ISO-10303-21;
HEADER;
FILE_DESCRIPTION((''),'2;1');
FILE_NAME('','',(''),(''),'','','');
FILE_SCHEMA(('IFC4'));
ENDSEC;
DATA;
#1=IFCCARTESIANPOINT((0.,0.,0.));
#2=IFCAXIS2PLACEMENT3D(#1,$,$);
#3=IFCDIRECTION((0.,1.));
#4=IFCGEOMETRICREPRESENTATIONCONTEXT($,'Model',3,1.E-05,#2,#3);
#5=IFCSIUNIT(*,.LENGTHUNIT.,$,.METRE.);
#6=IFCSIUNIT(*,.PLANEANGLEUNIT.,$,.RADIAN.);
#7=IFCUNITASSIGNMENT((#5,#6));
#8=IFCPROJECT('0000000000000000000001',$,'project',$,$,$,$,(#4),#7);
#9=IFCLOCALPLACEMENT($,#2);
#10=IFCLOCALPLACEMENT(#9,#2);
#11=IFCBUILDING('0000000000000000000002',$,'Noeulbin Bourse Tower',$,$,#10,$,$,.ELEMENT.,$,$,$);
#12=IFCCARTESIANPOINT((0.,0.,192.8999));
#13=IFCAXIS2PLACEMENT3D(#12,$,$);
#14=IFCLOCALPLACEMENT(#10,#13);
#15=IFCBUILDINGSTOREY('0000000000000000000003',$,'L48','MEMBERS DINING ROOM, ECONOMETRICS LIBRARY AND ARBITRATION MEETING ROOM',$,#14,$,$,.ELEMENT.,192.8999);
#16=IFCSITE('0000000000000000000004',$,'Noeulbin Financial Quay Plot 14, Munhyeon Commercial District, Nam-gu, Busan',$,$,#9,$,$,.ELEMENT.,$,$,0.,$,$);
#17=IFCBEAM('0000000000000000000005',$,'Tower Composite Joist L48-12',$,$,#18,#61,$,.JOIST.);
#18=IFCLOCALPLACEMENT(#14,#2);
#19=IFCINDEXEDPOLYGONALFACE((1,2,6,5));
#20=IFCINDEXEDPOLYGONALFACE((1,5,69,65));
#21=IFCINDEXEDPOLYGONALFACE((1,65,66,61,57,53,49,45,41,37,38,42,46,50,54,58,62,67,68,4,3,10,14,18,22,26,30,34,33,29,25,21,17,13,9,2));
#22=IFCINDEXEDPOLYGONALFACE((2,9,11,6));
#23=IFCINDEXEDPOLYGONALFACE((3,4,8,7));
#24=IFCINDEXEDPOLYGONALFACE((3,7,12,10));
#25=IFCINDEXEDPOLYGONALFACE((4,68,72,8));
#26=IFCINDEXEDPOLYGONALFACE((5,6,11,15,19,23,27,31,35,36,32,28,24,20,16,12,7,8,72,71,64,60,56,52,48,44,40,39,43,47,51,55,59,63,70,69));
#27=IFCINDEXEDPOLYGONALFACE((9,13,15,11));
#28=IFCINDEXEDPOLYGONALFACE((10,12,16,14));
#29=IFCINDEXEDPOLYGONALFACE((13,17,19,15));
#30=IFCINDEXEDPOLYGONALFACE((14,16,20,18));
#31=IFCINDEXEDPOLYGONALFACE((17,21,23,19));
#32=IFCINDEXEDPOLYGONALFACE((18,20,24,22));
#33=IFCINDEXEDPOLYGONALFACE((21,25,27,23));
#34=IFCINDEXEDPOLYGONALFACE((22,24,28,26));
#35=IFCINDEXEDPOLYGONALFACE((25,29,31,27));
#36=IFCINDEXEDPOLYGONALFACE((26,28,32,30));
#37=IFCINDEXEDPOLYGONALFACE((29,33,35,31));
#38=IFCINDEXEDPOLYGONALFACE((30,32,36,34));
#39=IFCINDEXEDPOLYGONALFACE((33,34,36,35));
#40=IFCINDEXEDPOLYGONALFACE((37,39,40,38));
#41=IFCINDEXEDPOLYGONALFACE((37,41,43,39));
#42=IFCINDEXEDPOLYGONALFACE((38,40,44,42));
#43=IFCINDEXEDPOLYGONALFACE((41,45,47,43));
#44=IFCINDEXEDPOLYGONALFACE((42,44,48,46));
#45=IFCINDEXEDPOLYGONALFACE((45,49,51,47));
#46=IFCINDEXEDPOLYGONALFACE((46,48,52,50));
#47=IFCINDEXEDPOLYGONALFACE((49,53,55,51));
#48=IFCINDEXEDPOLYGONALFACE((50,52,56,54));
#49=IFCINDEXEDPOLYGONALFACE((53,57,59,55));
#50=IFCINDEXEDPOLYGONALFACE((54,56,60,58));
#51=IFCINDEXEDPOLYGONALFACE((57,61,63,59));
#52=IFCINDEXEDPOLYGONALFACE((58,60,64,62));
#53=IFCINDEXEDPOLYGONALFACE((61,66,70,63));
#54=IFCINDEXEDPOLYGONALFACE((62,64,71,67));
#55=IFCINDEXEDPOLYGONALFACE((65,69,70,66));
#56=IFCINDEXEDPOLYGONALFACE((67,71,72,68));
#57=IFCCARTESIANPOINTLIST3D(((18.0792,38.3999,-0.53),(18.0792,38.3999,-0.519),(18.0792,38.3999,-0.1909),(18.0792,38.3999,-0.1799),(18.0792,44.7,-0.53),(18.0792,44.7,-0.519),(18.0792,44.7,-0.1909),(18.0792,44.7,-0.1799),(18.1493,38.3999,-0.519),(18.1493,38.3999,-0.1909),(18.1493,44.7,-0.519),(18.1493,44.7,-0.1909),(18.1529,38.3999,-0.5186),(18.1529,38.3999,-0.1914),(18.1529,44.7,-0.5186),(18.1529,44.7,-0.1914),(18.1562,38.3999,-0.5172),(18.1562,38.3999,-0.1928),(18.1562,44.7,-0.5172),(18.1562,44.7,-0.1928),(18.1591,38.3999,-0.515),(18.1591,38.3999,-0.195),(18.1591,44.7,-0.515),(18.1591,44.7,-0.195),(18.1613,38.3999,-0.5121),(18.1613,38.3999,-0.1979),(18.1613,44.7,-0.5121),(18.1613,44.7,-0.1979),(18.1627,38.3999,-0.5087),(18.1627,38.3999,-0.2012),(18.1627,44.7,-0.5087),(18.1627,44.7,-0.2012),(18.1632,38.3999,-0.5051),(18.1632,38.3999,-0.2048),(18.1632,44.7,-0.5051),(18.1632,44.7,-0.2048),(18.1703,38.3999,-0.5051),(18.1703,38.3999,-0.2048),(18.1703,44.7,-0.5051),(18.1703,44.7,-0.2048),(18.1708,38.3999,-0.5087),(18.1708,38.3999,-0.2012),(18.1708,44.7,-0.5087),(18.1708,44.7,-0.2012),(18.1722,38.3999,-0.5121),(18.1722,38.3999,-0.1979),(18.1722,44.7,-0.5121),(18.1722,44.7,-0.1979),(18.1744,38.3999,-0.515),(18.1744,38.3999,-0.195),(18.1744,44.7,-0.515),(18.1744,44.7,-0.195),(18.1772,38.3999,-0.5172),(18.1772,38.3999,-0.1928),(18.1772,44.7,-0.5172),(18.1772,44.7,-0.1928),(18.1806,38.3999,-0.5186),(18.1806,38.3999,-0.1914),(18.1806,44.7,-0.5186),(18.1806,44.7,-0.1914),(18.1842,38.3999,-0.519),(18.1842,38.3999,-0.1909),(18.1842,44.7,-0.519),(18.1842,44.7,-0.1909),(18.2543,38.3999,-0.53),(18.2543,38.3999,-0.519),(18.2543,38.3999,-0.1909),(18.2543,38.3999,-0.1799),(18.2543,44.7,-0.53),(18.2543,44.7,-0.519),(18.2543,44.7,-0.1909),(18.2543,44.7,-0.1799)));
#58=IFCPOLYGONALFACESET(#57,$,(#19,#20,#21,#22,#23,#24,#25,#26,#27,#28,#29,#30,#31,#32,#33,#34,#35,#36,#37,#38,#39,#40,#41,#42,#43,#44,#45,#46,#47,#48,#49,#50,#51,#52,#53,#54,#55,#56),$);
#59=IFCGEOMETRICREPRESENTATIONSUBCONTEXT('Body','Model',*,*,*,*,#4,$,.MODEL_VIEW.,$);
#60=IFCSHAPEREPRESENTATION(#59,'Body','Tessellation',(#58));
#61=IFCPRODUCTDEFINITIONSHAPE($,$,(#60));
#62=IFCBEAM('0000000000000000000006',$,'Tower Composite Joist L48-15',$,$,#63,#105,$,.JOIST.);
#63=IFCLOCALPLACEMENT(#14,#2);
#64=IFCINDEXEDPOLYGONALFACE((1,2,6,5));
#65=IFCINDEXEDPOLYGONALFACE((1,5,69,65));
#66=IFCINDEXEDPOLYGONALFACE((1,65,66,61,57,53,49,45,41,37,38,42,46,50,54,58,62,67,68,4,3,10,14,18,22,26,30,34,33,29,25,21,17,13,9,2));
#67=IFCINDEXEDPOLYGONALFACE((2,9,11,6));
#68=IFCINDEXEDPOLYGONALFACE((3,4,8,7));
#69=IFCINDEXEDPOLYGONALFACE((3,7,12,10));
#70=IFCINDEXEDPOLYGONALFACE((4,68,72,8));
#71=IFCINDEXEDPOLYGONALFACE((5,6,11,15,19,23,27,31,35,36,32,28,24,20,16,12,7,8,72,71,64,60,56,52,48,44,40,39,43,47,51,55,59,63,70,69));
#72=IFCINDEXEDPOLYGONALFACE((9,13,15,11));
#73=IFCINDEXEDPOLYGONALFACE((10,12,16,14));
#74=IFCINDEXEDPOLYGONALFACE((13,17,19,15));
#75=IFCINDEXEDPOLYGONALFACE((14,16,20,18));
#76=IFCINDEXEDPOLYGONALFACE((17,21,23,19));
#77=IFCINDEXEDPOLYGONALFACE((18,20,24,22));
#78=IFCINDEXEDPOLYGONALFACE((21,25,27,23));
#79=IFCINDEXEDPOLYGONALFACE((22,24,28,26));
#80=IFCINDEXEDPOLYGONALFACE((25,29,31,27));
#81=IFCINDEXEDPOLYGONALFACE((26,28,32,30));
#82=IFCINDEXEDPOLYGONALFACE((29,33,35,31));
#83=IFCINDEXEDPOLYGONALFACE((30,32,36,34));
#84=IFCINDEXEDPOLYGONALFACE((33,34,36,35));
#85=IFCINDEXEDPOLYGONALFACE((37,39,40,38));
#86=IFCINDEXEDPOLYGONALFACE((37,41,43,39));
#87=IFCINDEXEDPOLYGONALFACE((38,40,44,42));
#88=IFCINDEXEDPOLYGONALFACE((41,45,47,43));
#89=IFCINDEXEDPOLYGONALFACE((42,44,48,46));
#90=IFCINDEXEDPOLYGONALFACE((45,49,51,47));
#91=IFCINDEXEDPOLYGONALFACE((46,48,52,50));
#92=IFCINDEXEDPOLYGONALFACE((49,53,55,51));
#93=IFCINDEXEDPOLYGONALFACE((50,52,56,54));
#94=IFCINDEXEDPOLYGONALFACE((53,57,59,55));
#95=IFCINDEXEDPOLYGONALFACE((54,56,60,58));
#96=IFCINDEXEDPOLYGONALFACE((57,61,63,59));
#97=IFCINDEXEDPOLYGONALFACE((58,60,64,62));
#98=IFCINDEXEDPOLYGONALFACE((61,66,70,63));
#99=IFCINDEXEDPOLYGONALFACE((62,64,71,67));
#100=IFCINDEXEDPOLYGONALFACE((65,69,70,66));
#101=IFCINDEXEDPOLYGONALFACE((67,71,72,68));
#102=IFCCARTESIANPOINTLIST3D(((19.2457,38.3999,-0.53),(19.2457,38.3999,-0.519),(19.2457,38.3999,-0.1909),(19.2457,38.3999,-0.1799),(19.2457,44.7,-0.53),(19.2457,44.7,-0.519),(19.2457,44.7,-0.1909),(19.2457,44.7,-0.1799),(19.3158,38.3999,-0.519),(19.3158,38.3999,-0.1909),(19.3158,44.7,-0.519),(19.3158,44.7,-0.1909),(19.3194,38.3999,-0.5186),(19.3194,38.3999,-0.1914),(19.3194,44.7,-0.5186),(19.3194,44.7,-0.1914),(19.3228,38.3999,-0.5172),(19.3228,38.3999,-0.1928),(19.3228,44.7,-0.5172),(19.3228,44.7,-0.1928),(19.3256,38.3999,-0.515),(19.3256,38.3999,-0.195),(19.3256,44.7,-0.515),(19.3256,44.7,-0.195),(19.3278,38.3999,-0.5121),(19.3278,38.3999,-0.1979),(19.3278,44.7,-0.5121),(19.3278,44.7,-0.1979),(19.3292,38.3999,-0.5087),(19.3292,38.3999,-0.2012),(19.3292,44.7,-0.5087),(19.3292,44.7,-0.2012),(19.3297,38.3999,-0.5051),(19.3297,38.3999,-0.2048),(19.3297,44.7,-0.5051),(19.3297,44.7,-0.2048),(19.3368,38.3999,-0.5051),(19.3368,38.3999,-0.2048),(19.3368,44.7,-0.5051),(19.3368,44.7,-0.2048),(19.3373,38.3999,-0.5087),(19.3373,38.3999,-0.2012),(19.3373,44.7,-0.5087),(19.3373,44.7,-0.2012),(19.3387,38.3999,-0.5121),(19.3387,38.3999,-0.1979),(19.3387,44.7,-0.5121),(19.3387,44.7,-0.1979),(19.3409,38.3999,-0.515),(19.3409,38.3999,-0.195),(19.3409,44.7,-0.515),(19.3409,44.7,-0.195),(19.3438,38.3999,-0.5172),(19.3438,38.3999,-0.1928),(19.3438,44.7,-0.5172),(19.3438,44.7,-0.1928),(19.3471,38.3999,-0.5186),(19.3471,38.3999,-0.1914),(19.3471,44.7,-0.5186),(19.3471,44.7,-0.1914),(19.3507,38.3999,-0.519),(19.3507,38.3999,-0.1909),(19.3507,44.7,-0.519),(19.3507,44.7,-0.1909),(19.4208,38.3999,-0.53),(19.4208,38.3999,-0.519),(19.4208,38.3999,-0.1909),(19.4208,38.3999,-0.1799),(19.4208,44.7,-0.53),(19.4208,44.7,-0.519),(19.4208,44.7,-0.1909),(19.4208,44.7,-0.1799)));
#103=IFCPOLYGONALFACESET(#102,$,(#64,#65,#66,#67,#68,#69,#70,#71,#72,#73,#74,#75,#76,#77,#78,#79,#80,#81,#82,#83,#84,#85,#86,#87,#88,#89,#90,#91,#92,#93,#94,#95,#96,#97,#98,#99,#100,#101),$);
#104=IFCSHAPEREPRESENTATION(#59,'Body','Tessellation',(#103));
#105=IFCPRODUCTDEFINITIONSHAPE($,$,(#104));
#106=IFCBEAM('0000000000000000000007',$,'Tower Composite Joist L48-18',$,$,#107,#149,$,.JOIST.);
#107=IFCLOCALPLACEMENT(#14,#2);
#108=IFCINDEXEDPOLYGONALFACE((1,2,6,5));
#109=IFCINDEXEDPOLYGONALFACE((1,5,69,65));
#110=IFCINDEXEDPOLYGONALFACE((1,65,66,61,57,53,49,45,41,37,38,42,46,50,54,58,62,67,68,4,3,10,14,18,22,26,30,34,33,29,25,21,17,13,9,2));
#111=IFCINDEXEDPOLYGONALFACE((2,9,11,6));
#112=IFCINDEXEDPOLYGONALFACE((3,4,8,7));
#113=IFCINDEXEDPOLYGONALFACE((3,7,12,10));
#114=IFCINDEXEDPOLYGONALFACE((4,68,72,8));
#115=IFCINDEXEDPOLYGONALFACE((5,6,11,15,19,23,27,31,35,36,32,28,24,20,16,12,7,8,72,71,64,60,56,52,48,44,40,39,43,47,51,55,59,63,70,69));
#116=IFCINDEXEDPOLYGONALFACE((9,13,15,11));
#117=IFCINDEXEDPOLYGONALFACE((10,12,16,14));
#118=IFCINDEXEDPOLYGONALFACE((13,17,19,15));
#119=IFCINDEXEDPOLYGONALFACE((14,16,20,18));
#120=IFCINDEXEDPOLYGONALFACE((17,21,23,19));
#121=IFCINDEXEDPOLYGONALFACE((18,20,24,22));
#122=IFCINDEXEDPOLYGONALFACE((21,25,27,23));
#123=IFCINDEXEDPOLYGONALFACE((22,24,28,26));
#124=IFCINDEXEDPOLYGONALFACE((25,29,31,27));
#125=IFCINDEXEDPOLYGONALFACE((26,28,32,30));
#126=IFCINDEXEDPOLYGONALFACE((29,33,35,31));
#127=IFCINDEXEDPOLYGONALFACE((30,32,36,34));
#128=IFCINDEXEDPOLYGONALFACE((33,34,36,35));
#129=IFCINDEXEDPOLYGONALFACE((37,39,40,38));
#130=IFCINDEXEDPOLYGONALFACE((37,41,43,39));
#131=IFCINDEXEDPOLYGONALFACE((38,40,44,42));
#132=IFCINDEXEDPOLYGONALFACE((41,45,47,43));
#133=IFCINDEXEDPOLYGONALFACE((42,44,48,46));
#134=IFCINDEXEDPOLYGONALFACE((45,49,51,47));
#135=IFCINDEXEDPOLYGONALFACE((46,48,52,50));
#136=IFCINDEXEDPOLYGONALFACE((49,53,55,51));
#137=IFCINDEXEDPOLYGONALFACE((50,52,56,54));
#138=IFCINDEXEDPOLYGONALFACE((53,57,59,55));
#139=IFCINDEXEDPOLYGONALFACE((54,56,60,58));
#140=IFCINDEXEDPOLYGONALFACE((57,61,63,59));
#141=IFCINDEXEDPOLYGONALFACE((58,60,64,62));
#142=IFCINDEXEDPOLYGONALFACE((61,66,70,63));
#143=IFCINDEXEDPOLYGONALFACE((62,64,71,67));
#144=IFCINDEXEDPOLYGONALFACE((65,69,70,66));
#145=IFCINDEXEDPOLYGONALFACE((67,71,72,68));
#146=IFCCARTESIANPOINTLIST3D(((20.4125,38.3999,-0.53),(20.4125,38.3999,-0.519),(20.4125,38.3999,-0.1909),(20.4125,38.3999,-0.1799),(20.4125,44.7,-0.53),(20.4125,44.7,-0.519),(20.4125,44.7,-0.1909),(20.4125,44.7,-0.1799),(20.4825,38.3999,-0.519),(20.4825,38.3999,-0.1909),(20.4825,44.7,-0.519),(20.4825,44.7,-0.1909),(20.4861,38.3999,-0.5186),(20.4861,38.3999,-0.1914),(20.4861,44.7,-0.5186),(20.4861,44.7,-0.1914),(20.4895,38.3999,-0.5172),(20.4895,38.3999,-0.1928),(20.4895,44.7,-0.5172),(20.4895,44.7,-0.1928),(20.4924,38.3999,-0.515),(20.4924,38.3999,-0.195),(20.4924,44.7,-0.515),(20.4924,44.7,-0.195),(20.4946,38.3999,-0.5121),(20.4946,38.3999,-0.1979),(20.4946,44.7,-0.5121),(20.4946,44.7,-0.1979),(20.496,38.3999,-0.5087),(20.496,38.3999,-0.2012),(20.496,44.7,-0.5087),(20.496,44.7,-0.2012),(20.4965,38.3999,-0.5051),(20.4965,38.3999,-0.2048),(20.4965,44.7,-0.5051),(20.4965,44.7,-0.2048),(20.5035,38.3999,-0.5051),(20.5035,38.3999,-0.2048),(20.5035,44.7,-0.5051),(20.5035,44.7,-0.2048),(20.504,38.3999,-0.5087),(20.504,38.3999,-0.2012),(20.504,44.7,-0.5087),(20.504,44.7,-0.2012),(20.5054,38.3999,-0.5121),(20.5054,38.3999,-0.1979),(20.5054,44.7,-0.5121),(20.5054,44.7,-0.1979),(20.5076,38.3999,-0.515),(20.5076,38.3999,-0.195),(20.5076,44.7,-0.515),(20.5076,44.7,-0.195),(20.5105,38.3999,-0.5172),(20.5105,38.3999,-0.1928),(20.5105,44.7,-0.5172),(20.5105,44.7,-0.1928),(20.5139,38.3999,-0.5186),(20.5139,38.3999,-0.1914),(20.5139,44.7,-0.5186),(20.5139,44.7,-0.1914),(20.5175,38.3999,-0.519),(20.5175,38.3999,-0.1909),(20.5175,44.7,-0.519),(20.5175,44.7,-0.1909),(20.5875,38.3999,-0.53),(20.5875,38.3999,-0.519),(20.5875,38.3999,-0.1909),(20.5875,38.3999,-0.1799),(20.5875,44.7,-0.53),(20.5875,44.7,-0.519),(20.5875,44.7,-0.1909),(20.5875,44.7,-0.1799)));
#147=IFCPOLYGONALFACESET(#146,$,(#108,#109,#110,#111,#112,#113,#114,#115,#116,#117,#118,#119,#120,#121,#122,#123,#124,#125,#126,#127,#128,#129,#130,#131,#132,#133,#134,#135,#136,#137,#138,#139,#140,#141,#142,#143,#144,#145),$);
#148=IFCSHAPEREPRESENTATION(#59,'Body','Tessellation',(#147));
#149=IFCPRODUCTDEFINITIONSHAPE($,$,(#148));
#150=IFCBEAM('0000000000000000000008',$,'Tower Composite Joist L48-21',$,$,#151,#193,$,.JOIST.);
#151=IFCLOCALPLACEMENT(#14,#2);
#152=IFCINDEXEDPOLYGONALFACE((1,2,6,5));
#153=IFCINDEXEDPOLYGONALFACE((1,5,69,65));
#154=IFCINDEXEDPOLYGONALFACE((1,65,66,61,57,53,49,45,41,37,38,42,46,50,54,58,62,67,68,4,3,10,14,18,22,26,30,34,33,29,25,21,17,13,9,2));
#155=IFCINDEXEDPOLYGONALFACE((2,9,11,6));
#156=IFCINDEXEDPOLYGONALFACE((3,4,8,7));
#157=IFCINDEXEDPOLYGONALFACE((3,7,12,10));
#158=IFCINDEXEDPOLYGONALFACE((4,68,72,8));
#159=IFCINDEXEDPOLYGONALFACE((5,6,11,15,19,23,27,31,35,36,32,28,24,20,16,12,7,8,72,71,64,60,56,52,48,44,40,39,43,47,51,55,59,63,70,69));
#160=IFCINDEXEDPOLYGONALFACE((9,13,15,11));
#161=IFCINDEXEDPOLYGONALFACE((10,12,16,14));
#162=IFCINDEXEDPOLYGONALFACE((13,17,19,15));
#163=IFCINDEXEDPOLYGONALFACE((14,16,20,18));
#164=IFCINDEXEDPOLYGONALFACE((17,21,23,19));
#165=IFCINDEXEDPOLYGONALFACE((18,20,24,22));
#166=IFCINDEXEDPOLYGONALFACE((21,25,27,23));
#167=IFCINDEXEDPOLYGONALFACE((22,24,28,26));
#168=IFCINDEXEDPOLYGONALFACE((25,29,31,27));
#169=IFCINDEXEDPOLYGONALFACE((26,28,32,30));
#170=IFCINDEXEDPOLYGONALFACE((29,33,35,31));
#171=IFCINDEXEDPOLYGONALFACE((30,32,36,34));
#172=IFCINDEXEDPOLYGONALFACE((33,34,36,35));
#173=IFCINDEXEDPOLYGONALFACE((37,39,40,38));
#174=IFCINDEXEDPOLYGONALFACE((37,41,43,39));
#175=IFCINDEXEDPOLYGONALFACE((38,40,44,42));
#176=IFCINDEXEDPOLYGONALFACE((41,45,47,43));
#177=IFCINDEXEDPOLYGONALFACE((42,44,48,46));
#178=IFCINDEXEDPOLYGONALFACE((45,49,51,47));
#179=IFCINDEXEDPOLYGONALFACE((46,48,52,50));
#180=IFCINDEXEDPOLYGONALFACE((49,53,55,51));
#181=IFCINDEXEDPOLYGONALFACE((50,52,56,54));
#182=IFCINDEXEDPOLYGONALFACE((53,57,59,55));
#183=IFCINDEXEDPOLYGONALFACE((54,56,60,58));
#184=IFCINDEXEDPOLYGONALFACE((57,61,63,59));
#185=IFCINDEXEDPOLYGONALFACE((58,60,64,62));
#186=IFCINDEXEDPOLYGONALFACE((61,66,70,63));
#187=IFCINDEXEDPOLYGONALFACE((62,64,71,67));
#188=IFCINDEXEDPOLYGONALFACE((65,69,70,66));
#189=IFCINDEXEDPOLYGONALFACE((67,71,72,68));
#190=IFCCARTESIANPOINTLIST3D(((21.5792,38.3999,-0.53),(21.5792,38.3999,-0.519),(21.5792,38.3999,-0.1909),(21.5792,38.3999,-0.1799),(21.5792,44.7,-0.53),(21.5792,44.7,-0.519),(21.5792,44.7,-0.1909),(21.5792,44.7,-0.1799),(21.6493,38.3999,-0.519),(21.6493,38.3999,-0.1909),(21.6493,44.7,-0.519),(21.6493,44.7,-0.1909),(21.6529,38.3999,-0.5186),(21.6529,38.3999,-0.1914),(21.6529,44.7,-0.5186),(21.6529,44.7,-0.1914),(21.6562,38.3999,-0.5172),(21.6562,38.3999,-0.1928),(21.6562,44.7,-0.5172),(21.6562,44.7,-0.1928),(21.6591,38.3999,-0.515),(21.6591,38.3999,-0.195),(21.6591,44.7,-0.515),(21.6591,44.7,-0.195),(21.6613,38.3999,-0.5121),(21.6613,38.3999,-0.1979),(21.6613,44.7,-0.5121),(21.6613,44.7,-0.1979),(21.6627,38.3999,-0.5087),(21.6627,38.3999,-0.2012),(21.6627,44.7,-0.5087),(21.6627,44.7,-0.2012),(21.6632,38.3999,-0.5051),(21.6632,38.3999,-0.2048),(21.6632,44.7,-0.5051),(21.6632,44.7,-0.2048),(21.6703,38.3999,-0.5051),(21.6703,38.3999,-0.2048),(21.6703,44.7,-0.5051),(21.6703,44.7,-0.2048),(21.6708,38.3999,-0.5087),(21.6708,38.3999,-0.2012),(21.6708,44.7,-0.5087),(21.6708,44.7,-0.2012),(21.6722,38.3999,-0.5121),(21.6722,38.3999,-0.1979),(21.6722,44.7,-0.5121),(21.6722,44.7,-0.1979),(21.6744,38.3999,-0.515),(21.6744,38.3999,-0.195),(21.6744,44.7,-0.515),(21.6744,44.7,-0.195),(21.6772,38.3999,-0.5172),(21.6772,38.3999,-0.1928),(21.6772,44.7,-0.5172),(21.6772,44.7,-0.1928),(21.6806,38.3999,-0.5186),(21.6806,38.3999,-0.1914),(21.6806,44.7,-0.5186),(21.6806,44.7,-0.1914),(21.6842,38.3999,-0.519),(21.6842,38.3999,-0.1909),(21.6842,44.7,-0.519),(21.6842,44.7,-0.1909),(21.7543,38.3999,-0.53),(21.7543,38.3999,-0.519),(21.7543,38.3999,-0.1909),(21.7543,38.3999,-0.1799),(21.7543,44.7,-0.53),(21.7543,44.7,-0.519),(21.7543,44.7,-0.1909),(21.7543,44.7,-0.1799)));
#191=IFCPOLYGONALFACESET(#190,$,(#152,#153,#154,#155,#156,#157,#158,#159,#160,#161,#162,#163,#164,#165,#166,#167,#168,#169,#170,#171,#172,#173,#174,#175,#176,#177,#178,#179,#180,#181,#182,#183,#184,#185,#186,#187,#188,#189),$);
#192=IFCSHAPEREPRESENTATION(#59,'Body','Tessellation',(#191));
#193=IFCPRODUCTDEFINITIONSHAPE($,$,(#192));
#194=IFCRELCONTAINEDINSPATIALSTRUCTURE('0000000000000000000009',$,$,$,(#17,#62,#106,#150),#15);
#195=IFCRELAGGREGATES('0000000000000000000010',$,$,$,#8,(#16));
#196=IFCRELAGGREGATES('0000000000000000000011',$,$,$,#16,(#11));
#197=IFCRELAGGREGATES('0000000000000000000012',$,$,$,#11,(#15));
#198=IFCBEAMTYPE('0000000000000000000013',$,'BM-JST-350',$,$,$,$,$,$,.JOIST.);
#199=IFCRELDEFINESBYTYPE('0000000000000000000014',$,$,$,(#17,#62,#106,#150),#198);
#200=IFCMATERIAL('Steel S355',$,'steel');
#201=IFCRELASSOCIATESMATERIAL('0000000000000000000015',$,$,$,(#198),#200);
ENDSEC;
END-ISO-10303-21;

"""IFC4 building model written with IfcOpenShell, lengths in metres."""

from ifc_helpers import new_model, si_unit, direction, frame, origin, origin_2d, place, context, subcontext, project, spatial, i_section, extrude, material, material_profile, profile_set, type_object, element, save


model = new_model("IFC4")

# Units and contexts
model_context = context("Model", 3, precision=1e-05, world=origin(), true_north=direction((0.0, 1.0)))
body_context = subcontext(model_context, "Body", "Model", "MODEL_VIEW")
ifc_project = project(units=[si_unit("LENGTHUNIT", "METRE"), si_unit("PLANEANGLEUNIT", "RADIAN")], contexts=[model_context])

# Site, building, storey
site_placement = place(None, origin())
site = spatial("IfcSite", under=ifc_project, at=site_placement, Name="Noeulbin Financial Quay Plot 14, Munhyeon Commercial District, Nam-gu, Busan", CompositionType="ELEMENT", RefElevation=0.0)
building_placement = place(site_placement, origin())
building = spatial("IfcBuilding", under=site, at=building_placement, Name="Noeulbin Bourse Tower", CompositionType="ELEMENT")
storey_placement = place(building_placement, frame((0.0, 0.0, 192.8999)))
storey = spatial("IfcBuildingStorey", under=building, at=storey_placement, Name="L48", Description="MEMBERS DINING ROOM, ECONOMETRICS LIBRARY AND ARBITRATION MEETING ROOM", CompositionType="ELEMENT", Elevation=192.8999)

# Shared definitions
ifc_material_1 = material(Name="Steel S355", Category="steel")

# Beams
ifc_material_profile_1 = material_profile(ifc_material_1, i_section(OverallWidth=0.175, OverallDepth=0.3501, WebThickness=0.0071, FlangeThickness=0.011, FilletRadius=0.0139, at=origin_2d()), Name="H-350x175x7x11", Category="LoadBearing")
ifc_profile_set_1 = profile_set([ifc_material_profile_1], Name="Steel S355")
beam_type_1 = type_object("IfcBeamType", Name="BM-JST-350", PredefinedType="JOIST", material=ifc_profile_set_1)
for number, where, z_axis, x_axis, name in (
    (1, (18.1667, 38.3999, -0.355), (0.0, 1.0, 0.0), (-1.0, 0.0, 0.0), "Tower Composite Joist L48-12"),
    (2, (19.3333, 38.3999, -0.355), (0.0, 1.0, 0.0), (-1.0, 0.0, 0.0), "Tower Composite Joist L48-15"),
    (3, (20.5, 38.3999, -0.355), (0.0, 1.0, 0.0), (-1.0, 0.0, 0.0), "Tower Composite Joist L48-18"),
    (4, (21.6667, 38.3999, -0.355), (0.0, 1.0, 0.0), (-1.0, 0.0, 0.0), "Tower Composite Joist L48-21"),
):
    element("IfcBeam", number, at=place(storey_placement, frame(where, z_axis=z_axis, x_axis=x_axis)), inside=storey, type_object=beam_type_1, Name=name, PredefinedType="JOIST", context=body_context, shape_type="SweptSolid", body=[
        extrude(i_section(OverallWidth=0.175, OverallDepth=0.3501, WebThickness=0.0071, FlangeThickness=0.011, FilletRadius=0.0139, at=origin_2d()), origin(), (0.0, 0.0, 1.0), 6.3),
    ])

save(model, "model.ifc")
